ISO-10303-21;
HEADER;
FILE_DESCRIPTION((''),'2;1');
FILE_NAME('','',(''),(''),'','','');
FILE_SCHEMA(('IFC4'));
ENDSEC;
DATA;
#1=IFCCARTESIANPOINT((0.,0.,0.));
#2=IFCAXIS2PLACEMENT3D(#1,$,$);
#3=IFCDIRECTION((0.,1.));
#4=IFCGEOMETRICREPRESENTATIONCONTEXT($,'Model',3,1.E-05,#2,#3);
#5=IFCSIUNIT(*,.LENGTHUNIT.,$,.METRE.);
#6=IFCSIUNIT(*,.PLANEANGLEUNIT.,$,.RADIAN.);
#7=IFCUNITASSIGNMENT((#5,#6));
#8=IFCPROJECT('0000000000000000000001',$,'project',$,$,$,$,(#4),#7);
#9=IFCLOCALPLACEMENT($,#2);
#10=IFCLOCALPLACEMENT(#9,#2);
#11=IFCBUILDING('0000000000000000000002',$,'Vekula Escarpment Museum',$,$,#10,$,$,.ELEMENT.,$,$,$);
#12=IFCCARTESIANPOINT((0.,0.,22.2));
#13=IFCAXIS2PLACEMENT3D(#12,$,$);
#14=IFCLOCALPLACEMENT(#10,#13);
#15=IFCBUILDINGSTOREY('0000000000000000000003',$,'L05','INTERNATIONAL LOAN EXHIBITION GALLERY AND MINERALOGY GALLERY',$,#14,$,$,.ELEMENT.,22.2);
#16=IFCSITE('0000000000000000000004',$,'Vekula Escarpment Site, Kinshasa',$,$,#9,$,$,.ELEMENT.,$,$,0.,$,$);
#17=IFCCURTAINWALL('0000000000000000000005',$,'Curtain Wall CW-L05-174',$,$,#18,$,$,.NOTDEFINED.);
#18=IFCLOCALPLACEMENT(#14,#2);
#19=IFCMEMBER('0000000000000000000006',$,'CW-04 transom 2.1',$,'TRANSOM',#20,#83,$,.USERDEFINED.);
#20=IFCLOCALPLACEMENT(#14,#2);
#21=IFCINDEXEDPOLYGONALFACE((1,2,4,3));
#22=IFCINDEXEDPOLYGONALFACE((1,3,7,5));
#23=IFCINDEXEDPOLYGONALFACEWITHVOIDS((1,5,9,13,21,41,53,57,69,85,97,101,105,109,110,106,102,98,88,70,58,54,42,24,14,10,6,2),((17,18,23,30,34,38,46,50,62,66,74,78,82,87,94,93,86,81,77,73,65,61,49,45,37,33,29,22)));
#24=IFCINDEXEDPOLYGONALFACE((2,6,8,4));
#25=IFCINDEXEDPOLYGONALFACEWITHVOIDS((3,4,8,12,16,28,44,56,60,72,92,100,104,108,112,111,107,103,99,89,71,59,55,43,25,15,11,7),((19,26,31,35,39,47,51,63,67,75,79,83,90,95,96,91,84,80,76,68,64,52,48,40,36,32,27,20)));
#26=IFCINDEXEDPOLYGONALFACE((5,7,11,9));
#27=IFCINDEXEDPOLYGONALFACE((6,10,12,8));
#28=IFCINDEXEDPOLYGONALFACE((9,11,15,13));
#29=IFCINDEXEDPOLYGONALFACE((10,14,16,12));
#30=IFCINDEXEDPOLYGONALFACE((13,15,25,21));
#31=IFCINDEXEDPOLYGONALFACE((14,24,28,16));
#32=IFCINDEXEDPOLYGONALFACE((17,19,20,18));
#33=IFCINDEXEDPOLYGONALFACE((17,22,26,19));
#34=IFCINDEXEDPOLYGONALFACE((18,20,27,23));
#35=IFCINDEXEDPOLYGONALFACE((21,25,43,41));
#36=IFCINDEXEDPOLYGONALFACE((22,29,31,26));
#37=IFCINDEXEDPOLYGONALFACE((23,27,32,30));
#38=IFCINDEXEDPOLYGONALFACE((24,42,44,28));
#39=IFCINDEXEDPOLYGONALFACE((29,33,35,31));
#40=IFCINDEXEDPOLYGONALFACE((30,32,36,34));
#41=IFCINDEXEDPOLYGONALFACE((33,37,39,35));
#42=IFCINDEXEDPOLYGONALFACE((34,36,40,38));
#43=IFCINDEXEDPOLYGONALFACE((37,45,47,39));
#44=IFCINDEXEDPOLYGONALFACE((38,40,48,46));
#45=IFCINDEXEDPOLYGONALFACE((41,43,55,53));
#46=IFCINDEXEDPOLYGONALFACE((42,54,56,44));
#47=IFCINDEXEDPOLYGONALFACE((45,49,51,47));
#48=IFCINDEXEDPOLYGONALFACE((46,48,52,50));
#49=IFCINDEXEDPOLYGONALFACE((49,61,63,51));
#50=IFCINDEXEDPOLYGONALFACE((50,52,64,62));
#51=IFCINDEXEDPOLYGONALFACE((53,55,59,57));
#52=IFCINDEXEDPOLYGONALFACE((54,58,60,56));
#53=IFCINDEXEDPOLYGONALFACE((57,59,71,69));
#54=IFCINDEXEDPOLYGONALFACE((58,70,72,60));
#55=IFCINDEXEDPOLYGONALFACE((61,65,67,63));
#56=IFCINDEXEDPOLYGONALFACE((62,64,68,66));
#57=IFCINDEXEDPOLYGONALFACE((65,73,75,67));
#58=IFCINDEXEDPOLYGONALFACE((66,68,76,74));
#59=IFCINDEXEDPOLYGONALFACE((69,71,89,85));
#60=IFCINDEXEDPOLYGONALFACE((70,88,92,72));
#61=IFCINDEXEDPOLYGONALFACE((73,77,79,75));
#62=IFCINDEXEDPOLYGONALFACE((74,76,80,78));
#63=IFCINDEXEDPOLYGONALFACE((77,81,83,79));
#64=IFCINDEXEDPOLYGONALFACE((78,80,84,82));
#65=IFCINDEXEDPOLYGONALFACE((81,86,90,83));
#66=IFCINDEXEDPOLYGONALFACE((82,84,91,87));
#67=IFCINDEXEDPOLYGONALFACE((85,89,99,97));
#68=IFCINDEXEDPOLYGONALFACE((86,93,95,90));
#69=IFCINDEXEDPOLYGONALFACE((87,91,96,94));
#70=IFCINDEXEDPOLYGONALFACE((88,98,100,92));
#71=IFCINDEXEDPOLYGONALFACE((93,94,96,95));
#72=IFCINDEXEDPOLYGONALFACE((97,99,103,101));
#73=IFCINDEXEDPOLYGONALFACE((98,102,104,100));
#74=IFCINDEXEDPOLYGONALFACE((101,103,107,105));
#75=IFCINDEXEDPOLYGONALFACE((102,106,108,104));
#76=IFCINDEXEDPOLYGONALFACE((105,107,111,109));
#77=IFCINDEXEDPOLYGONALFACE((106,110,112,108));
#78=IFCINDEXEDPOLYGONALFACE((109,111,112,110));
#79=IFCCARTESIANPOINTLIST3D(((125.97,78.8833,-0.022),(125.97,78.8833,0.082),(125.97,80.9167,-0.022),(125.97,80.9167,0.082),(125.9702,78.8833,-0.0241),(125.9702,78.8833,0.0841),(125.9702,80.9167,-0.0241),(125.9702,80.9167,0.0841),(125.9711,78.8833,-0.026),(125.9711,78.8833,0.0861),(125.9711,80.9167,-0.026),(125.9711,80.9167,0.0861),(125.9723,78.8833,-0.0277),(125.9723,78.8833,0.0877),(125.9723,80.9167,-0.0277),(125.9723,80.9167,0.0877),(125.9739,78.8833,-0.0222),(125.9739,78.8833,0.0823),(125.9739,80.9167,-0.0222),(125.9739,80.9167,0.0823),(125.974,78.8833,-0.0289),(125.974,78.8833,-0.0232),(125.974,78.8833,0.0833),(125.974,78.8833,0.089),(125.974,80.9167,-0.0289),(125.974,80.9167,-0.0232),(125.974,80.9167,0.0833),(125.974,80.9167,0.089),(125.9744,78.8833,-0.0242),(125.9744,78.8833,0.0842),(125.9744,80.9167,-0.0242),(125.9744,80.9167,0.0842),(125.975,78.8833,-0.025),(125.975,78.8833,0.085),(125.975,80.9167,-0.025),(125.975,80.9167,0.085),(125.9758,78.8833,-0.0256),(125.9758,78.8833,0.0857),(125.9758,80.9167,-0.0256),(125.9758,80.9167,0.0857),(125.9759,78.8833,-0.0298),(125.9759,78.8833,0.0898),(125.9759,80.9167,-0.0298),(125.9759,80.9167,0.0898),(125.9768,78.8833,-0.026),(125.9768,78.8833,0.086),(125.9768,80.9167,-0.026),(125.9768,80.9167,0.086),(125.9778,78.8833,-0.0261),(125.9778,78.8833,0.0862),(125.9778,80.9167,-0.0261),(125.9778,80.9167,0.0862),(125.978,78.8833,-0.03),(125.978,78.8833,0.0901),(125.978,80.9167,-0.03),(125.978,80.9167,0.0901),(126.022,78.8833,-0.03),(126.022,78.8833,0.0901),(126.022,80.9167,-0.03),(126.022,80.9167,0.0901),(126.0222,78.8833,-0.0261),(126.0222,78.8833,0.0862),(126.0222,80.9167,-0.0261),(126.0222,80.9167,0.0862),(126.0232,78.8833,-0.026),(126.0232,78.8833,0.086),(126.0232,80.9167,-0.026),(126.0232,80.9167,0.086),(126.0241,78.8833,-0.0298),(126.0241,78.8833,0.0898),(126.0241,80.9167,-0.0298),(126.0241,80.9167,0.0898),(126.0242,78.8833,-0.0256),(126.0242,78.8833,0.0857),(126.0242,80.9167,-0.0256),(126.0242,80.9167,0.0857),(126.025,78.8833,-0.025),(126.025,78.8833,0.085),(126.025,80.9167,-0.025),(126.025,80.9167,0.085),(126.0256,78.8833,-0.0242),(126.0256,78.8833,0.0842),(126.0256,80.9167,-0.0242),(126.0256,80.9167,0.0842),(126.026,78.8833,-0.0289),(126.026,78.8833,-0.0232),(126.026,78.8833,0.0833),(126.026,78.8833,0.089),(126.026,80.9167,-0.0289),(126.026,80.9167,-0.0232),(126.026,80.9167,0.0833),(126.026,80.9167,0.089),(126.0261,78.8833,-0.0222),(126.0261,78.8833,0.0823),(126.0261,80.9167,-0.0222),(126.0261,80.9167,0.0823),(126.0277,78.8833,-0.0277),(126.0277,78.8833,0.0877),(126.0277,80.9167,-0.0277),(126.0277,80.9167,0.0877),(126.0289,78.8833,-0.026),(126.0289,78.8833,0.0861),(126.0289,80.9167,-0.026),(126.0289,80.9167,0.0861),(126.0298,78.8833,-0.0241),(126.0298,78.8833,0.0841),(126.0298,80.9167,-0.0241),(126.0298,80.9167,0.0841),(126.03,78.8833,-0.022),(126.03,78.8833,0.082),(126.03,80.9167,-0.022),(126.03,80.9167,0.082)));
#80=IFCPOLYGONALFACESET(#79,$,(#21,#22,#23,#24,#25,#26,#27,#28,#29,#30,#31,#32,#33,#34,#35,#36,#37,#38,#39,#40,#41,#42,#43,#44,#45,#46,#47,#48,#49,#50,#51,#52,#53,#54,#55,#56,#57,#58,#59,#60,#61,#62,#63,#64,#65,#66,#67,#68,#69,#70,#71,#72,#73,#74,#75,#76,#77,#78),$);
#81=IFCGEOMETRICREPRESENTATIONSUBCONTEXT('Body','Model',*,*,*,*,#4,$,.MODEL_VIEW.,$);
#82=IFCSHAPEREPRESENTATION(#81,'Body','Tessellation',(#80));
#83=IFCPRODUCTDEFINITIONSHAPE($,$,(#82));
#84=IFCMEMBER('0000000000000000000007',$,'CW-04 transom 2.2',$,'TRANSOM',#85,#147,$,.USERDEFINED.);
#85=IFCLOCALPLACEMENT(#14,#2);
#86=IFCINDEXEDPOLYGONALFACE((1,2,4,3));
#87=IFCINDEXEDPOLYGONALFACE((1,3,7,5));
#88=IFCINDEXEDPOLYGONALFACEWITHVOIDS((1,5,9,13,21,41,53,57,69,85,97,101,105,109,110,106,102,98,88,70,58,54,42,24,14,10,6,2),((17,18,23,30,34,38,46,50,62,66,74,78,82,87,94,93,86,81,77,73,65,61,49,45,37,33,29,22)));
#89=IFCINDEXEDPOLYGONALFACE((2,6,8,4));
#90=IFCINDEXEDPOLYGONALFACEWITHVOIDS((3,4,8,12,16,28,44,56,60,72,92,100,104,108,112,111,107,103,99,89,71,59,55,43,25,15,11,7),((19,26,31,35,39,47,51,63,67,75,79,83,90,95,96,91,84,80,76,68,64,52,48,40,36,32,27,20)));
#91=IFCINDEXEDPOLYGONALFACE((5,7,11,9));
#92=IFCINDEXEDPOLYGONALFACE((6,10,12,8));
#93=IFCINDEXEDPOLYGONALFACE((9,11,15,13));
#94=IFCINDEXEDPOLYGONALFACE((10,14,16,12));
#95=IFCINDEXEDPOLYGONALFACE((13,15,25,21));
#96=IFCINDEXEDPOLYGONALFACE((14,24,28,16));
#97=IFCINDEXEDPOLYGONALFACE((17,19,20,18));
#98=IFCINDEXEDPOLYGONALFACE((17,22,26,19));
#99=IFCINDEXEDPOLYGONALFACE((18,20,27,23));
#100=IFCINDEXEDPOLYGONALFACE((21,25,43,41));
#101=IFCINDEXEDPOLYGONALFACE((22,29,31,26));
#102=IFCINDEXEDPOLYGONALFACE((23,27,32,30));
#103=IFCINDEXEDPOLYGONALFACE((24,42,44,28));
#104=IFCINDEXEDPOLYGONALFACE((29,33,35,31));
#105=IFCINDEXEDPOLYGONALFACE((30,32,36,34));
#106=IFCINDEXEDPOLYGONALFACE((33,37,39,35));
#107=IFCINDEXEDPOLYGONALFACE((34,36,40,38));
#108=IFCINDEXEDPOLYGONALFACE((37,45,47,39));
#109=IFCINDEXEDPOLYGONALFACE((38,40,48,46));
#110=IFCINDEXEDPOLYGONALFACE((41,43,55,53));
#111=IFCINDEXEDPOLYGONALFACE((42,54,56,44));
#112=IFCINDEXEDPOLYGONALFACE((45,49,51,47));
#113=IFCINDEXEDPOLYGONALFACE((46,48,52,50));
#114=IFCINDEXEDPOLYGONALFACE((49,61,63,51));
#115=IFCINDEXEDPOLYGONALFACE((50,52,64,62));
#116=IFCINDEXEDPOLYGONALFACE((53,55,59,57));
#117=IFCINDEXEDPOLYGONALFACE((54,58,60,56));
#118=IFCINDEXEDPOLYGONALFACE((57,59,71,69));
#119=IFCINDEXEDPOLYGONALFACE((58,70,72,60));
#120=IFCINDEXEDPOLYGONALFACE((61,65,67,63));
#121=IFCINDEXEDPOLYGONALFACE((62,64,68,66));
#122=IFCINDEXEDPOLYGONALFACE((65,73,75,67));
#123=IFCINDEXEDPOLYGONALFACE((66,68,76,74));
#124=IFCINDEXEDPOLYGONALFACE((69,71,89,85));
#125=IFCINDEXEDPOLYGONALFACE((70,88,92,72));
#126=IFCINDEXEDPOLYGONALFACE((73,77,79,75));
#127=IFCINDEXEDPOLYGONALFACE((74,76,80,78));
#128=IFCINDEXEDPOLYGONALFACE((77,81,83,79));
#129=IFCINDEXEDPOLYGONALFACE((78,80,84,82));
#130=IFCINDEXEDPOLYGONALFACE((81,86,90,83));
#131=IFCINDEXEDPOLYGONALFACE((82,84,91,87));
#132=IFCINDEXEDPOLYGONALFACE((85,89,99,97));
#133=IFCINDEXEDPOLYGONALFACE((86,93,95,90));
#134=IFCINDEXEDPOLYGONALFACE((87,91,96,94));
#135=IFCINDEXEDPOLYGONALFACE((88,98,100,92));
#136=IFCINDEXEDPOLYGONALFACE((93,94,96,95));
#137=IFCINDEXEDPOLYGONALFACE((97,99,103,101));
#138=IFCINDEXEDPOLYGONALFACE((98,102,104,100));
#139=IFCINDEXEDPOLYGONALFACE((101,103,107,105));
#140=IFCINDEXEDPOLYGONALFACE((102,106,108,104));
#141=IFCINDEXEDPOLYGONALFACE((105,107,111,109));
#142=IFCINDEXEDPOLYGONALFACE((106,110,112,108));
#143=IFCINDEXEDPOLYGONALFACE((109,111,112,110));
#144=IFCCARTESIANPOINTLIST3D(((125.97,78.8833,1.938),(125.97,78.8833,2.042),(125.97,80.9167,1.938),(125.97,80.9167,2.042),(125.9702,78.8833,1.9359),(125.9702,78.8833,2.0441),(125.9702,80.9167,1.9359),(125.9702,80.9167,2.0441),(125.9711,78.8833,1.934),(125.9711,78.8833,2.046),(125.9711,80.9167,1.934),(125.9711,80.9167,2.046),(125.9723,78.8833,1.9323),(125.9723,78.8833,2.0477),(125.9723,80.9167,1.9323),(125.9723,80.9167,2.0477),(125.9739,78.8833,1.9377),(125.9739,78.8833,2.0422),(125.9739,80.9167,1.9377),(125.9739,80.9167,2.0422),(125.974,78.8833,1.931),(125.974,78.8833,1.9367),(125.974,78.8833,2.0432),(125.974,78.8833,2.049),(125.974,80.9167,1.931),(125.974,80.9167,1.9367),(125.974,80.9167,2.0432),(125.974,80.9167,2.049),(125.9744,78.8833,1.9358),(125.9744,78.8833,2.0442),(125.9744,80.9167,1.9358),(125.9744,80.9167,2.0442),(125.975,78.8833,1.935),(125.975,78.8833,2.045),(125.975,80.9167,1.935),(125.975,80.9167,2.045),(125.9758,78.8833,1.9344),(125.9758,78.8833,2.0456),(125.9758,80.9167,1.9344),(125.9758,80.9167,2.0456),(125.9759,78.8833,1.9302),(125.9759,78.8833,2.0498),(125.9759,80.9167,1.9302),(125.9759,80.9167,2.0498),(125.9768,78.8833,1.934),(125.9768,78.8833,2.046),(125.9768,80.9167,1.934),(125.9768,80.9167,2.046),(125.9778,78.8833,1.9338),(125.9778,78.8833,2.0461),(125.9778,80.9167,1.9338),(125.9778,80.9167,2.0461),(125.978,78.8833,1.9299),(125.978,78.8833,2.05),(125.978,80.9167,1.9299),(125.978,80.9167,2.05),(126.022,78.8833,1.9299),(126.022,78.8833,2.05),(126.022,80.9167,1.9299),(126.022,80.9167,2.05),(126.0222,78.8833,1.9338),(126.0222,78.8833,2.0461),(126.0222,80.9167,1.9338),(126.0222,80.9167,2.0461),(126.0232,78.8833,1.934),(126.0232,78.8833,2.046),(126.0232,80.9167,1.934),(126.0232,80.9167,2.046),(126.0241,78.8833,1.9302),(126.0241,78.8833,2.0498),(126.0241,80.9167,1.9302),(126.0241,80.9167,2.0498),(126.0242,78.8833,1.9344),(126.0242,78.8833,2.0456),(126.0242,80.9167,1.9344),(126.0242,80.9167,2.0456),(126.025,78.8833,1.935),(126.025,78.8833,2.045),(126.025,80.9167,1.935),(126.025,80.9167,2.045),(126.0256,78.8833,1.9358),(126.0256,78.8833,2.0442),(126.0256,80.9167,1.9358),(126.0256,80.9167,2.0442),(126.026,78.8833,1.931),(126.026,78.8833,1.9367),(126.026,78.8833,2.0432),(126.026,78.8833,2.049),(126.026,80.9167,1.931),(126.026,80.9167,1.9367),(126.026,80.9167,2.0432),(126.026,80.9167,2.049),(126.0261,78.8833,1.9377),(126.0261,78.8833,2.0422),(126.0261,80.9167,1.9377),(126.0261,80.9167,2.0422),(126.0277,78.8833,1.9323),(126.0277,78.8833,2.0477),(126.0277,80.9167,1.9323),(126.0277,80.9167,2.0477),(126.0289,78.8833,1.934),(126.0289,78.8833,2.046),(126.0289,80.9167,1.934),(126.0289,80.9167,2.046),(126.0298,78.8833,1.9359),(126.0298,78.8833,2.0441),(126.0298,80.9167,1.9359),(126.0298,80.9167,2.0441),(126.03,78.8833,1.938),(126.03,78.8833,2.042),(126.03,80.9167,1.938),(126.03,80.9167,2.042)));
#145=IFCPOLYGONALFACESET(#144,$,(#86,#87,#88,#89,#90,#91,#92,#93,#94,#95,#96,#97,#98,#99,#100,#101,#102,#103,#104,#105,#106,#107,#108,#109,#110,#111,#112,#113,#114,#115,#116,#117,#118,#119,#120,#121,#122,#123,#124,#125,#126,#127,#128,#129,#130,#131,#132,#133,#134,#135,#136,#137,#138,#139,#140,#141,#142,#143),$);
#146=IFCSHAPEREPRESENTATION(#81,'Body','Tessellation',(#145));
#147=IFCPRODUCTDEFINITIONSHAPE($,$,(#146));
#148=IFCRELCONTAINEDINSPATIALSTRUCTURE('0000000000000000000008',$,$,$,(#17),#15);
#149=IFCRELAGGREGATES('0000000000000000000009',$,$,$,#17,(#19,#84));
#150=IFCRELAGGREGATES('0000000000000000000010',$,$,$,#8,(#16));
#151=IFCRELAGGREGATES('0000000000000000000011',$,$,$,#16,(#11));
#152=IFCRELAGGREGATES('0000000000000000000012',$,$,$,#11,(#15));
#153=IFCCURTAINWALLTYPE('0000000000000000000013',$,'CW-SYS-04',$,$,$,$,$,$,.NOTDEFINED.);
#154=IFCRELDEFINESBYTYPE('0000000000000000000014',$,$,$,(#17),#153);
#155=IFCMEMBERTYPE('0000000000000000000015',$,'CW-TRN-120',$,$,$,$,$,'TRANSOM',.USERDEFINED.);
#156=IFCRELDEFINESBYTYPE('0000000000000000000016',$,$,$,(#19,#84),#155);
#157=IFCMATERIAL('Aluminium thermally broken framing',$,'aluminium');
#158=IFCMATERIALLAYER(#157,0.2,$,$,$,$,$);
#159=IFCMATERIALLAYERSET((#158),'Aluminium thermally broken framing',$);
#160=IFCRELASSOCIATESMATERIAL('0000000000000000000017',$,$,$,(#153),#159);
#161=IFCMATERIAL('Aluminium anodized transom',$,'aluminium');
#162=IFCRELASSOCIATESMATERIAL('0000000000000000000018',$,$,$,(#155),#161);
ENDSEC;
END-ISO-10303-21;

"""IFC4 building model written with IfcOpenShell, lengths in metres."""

from ifc_helpers import new_model, si_unit, direction, frame, origin, origin_2d, place, context, subcontext, project, spatial, hollow_rectangle, extrude, material, layer, layer_set, material_profile, profile_set, type_object, element, aggregate, save


model = new_model("IFC4")

# Units and contexts
model_context = context("Model", 3, precision=1e-05, world=origin(), true_north=direction((0.0, 1.0)))
body_context = subcontext(model_context, "Body", "Model", "MODEL_VIEW")
ifc_project = project(units=[si_unit("LENGTHUNIT", "METRE"), si_unit("PLANEANGLEUNIT", "RADIAN")], contexts=[model_context])

# Site, building, storey
site_placement = place(None, origin())
site = spatial("IfcSite", under=ifc_project, at=site_placement, Name="Vekula Escarpment Site, Kinshasa", CompositionType="ELEMENT", RefElevation=0.0)
building_placement = place(site_placement, origin())
building = spatial("IfcBuilding", under=site, at=building_placement, Name="Vekula Escarpment Museum", CompositionType="ELEMENT")
storey_placement = place(building_placement, frame((0.0, 0.0, 22.2)))
storey = spatial("IfcBuildingStorey", under=building, at=storey_placement, Name="L05", Description="INTERNATIONAL LOAN EXHIBITION GALLERY AND MINERALOGY GALLERY", CompositionType="ELEMENT", Elevation=22.2)

# Curtain wall
ifc_material_1 = material(Name="Aluminium thermally broken framing", Category="aluminium")
ifc_layer_1 = layer(ifc_material_1, 0.2)
ifc_layer_set_1 = layer_set([ifc_layer_1], Name="Aluminium thermally broken framing")
curtain_wall_type_1 = type_object("IfcCurtainWallType", Name="CW-SYS-04", PredefinedType="NOTDEFINED", material=ifc_layer_set_1)
curtain_wall_1_placement = place(storey_placement, origin())
curtain_wall_1 = element("IfcCurtainWall", 1, at=curtain_wall_1_placement, inside=storey, type_object=curtain_wall_type_1, Name="Curtain Wall CW-L05-174", PredefinedType="NOTDEFINED")

# Members
ifc_material_2 = material(Name="Aluminium anodized transom", Category="aluminium")
ifc_material_profile_1 = material_profile(ifc_material_2, hollow_rectangle(XDim=0.0601, YDim=0.1201, WallThickness=0.0039, InnerFilletRadius=0.0039, OuterFilletRadius=0.0081, at=origin_2d()), Name="ALU 120x60x4")
ifc_profile_set_1 = profile_set([ifc_material_profile_1], Name="Aluminium anodized transom")
member_type_1 = type_object("IfcMemberType", Name="CW-TRN-120", ElementType="TRANSOM", PredefinedType="USERDEFINED", material=ifc_profile_set_1)
member_1_placement = place(storey_placement, frame((126.0, 78.8833, 0.03), z_axis=(0.0, 1.0, 0.0), x_axis=(-1.0, 0.0, 0.0)))
member_1 = element("IfcMember", 2, at=member_1_placement, type_object=member_type_1, Name="CW-04 transom 2.1", ObjectType="TRANSOM", PredefinedType="USERDEFINED", context=body_context, shape_type="SweptSolid", body=[
    extrude(hollow_rectangle(XDim=0.0601, YDim=0.1201, WallThickness=0.0039, InnerFilletRadius=0.0039, OuterFilletRadius=0.0081, at=origin_2d()), origin(), (0.0, 0.0, 1.0), 2.0334),
])
member_2_placement = place(storey_placement, frame((126.0, 78.8833, 1.99), z_axis=(0.0, 1.0, 0.0), x_axis=(-1.0, 0.0, 0.0)))
member_2 = element("IfcMember", 3, at=member_2_placement, type_object=member_type_1, Name="CW-04 transom 2.2", ObjectType="TRANSOM", PredefinedType="USERDEFINED", context=body_context, shape_type="SweptSolid", body=[
    extrude(hollow_rectangle(XDim=0.0601, YDim=0.1201, WallThickness=0.0039, InnerFilletRadius=0.0039, OuterFilletRadius=0.0081, at=origin_2d()), origin(), (0.0, 0.0, 1.0), 2.0334),
])

aggregate(curtain_wall_1, [member_1, member_2])

save(model, "model.ifc")
